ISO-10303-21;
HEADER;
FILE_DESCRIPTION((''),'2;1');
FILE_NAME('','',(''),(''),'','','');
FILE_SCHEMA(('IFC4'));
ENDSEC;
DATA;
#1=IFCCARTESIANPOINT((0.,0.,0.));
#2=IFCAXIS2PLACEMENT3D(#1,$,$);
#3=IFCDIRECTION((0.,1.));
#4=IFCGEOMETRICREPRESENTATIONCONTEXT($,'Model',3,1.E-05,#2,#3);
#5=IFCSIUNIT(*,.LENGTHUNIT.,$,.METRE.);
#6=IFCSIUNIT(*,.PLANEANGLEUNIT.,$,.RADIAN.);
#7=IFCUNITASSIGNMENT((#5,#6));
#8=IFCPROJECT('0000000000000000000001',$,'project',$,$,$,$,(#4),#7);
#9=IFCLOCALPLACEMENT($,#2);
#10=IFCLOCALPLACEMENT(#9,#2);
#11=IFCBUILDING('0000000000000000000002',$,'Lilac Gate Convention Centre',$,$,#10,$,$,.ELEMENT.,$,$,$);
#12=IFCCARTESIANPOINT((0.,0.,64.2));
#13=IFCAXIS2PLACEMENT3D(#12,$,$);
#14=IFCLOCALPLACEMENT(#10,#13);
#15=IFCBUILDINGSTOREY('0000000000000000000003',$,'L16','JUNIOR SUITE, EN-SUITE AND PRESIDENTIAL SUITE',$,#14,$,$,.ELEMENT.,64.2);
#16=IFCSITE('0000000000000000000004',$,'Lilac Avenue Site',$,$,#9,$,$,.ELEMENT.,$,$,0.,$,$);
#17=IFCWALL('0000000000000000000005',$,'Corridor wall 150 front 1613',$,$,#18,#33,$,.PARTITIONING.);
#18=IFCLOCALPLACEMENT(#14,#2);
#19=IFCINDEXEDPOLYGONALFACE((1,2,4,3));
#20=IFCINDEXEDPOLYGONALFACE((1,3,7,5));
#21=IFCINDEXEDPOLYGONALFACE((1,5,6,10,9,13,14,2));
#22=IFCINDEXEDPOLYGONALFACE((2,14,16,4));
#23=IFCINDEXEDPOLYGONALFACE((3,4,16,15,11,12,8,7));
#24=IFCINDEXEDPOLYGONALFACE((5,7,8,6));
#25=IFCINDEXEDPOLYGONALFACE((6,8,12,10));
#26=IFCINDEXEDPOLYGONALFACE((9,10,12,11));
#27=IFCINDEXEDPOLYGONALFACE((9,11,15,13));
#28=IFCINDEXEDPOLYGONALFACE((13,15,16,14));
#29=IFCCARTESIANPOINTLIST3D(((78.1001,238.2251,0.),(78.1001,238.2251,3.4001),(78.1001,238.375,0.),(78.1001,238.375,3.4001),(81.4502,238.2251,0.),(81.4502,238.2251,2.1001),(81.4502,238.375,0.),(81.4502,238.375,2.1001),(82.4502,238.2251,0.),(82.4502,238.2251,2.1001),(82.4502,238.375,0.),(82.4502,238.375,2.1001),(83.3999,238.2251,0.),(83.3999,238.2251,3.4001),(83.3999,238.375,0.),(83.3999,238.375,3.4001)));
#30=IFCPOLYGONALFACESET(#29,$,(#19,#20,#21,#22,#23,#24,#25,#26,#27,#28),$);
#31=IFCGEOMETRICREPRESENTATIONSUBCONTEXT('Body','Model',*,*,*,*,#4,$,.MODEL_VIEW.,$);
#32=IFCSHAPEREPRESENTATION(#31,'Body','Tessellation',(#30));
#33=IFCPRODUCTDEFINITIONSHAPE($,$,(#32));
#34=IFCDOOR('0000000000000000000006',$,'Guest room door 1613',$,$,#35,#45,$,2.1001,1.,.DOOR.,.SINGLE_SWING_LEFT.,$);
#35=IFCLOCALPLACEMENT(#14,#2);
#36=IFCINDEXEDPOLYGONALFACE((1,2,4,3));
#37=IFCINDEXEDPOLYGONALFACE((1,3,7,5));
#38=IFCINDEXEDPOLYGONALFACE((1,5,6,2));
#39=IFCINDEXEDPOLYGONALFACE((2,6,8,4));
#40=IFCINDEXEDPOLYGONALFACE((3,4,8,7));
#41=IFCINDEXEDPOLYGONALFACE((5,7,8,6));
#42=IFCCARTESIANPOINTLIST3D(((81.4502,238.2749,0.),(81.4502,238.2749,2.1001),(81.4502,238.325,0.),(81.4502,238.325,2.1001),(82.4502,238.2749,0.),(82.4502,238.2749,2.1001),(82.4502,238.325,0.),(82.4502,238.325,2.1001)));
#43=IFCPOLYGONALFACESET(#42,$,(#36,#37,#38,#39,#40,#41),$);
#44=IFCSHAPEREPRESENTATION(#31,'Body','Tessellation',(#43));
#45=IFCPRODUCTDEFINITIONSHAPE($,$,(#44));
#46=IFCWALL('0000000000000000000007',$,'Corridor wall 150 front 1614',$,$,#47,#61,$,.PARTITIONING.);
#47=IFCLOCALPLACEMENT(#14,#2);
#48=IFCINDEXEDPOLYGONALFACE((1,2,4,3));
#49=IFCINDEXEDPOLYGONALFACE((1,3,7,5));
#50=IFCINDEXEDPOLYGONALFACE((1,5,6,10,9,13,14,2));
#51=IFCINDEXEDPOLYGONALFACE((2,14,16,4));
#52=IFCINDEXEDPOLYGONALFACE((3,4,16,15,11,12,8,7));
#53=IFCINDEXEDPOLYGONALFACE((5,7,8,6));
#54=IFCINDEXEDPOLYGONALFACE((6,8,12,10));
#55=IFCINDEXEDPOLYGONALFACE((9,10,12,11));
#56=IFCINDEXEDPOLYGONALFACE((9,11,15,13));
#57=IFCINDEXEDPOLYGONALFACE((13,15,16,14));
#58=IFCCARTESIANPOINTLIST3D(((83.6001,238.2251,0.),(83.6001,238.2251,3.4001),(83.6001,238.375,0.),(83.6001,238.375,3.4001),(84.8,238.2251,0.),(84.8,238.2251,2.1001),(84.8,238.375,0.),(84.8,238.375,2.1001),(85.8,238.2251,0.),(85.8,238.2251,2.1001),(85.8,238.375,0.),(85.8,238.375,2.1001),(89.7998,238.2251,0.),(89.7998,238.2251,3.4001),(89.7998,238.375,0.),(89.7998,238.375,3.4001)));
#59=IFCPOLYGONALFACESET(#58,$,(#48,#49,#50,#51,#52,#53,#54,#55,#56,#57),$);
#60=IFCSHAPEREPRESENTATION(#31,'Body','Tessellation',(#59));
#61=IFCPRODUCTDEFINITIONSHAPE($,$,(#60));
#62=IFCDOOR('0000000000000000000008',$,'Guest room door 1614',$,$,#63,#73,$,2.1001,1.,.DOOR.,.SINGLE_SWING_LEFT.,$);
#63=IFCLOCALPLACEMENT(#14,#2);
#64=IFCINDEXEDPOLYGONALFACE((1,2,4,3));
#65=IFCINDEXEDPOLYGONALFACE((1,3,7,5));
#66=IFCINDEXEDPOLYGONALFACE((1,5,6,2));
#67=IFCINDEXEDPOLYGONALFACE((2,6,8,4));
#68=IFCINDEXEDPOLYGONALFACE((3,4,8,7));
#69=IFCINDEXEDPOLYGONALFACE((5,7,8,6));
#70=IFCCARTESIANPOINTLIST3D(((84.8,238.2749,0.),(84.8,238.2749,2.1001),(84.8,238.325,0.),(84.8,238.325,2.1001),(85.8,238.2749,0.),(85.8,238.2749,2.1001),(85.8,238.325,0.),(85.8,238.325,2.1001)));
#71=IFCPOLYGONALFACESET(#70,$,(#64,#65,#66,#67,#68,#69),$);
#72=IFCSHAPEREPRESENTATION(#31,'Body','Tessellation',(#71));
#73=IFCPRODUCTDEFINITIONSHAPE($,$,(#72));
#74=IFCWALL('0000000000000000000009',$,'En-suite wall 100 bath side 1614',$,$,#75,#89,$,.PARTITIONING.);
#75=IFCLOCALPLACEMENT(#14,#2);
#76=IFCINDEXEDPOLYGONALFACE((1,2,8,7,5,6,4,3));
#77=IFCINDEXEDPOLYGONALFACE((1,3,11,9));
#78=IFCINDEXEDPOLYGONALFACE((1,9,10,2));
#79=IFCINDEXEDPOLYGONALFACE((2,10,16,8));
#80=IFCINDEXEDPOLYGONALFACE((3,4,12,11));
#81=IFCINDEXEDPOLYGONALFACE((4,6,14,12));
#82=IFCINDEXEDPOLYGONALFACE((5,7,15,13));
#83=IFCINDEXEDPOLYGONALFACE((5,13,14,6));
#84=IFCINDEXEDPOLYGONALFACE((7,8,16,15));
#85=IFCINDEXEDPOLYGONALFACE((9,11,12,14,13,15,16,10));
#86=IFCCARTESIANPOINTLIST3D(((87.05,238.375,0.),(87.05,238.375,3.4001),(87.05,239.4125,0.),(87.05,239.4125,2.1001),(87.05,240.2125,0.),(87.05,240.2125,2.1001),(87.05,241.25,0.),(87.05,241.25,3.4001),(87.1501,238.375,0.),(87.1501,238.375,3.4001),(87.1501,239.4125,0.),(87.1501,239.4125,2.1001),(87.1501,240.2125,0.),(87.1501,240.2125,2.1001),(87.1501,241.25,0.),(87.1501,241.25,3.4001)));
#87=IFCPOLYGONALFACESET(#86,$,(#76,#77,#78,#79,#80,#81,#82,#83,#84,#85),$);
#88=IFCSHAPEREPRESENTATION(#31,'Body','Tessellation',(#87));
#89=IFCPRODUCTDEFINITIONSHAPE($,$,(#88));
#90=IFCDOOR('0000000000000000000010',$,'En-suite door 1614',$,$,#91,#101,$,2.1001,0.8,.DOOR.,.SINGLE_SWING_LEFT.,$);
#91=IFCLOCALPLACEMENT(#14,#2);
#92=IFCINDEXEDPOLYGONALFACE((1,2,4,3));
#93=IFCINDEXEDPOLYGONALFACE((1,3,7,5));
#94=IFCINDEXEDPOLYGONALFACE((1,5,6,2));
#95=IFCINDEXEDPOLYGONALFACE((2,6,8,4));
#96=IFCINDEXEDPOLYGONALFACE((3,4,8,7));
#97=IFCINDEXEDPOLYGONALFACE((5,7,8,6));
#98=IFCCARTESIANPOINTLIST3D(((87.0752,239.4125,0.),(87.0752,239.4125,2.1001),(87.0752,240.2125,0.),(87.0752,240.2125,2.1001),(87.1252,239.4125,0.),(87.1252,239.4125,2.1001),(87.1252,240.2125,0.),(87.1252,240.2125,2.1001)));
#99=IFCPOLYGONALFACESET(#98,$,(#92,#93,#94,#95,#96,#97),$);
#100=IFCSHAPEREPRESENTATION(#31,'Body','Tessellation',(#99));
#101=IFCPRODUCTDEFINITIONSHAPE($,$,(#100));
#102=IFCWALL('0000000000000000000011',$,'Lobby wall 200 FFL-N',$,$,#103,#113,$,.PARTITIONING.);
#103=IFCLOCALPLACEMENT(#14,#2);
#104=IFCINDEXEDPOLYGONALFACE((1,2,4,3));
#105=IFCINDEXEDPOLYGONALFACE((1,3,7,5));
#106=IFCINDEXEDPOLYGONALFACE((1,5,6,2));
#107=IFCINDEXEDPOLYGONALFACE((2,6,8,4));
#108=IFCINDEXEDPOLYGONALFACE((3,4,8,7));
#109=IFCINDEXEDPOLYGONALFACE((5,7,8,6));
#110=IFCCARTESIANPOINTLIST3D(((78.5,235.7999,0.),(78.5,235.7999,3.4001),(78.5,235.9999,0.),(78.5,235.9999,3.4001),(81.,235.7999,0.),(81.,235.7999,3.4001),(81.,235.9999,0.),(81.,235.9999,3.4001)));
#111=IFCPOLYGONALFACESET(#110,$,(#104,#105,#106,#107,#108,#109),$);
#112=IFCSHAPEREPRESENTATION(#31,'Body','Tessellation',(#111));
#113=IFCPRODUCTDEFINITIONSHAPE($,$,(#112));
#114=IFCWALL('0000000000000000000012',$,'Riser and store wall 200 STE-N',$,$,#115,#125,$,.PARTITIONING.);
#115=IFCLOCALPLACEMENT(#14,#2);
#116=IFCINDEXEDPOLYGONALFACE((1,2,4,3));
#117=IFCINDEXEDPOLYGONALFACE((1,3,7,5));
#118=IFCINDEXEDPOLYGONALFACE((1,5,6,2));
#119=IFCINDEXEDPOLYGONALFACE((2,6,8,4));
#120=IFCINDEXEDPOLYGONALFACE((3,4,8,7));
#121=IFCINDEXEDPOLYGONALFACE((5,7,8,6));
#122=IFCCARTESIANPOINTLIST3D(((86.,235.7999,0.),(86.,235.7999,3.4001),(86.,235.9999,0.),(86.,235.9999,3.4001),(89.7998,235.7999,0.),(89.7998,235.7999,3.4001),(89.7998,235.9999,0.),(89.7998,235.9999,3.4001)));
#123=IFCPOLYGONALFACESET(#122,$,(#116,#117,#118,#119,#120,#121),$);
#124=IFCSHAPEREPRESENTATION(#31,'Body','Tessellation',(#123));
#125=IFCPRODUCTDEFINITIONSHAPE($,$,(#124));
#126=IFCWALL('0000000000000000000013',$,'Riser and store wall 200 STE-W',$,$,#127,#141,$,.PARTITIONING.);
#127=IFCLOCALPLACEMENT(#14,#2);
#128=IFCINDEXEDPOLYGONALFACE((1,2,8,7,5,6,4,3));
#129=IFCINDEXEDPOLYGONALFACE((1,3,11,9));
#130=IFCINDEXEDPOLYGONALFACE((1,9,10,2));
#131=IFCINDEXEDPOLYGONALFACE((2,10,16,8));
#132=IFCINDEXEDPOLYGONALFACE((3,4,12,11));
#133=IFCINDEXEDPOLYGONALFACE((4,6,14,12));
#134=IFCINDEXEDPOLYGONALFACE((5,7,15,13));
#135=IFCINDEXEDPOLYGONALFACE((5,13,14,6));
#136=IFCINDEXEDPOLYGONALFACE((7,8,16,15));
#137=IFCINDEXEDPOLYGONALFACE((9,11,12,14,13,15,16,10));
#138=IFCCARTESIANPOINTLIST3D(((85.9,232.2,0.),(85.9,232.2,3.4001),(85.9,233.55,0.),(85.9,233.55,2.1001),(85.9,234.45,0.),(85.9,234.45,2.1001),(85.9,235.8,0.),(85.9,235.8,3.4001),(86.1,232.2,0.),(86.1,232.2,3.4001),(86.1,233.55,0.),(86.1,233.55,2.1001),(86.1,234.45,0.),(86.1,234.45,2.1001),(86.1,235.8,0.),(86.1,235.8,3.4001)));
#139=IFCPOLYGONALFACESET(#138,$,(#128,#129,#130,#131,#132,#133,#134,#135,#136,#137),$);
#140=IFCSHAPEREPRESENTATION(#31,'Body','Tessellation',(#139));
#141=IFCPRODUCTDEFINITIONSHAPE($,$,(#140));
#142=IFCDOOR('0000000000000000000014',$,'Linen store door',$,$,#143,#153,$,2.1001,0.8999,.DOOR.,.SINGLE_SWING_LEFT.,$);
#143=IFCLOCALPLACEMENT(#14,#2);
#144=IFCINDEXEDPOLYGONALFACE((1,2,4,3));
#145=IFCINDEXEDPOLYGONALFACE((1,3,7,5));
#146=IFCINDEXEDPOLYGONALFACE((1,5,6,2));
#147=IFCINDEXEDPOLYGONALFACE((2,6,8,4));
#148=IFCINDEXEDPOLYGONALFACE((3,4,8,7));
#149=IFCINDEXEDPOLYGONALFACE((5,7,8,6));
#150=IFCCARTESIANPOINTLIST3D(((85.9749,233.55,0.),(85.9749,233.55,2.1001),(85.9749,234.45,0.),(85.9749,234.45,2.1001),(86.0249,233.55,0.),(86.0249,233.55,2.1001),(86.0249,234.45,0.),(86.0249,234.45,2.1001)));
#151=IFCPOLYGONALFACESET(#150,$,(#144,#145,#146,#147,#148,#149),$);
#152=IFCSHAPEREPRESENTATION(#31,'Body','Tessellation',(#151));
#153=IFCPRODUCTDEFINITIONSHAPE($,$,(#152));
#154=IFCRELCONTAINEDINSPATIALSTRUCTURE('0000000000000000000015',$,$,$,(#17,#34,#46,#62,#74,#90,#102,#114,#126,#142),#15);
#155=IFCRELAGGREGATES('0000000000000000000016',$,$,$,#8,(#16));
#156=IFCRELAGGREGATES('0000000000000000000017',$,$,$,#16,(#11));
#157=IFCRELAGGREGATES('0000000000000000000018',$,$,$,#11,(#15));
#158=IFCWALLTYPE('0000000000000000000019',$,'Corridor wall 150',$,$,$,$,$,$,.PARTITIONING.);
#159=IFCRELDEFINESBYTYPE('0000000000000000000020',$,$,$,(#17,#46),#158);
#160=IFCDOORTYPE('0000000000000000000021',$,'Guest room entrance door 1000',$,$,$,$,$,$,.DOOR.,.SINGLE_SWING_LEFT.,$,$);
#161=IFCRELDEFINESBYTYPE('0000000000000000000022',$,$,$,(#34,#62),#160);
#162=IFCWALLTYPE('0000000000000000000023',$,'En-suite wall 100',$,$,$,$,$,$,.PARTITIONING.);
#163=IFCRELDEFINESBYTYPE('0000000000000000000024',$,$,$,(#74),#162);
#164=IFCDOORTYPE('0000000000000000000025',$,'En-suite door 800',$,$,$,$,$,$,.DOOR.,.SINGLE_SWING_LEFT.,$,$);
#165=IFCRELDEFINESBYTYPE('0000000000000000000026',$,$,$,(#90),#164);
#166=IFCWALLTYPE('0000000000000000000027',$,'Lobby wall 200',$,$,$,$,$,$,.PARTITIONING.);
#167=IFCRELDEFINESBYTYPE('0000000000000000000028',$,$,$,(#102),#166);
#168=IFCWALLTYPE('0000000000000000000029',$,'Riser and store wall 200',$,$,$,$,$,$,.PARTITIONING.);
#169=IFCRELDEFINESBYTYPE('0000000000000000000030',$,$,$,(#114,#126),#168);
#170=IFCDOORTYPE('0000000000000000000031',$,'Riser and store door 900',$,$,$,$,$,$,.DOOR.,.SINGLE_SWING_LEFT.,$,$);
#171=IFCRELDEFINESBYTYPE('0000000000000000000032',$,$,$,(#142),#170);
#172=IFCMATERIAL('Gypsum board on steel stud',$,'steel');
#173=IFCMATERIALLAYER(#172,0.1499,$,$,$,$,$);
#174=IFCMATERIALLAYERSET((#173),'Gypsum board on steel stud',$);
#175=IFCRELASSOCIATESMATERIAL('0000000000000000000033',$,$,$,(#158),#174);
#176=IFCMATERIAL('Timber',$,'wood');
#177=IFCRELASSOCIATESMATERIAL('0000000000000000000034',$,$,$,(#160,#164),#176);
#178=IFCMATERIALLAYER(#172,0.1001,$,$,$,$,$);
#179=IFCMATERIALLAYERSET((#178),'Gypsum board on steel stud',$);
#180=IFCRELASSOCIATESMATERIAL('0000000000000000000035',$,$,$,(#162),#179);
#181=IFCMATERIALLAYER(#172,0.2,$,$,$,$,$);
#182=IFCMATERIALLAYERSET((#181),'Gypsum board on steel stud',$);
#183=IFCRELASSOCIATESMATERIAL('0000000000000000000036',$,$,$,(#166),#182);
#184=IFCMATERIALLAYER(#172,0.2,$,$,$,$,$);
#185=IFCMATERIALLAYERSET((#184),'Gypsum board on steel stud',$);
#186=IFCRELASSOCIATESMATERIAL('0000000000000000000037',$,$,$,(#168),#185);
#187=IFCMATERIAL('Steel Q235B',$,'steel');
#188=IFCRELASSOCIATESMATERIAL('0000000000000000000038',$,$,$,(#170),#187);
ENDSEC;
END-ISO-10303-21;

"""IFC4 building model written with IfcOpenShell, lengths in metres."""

from ifc_helpers import new_model, si_unit, direction, frame, frame_2d, origin, place, context, subcontext, project, spatial, rectangle, extrude, material, layer, layer_set, type_object, element, fill, save


model = new_model("IFC4")

# Units and contexts
model_context = context("Model", 3, precision=1e-05, world=origin(), true_north=direction((0.0, 1.0)))
body_context = subcontext(model_context, "Body", "Model", "MODEL_VIEW")
ifc_project = project(units=[si_unit("LENGTHUNIT", "METRE"), si_unit("PLANEANGLEUNIT", "RADIAN")], contexts=[model_context])

# Site, building, storey
site_placement = place(None, origin())
site = spatial("IfcSite", under=ifc_project, at=site_placement, Name="Lilac Avenue Site", CompositionType="ELEMENT", RefElevation=0.0)
building_placement = place(site_placement, origin())
building = spatial("IfcBuilding", under=site, at=building_placement, Name="Lilac Gate Convention Centre", CompositionType="ELEMENT")
storey_placement = place(building_placement, frame((0.0, 0.0, 64.2)))
storey = spatial("IfcBuildingStorey", under=building, at=storey_placement, Name="L16", Description="JUNIOR SUITE, EN-SUITE AND PRESIDENTIAL SUITE", CompositionType="ELEMENT", Elevation=64.2)

# Walls, openings, doors
ifc_material_1 = material(Name="Gypsum board on steel stud", Category="steel")
ifc_layer_1 = layer(ifc_material_1, 0.1499)
ifc_layer_set_1 = layer_set([ifc_layer_1], Name="Gypsum board on steel stud")
wall_type_1 = type_object("IfcWallType", Name="Corridor wall 150", PredefinedType="PARTITIONING", material=ifc_layer_set_1)
wall_1_placement = place(storey_placement, frame((78.1001, 238.3, 0.0), z_axis=(0.0, 0.0, 1.0), x_axis=(1.0, 0.0, 0.0)))
wall_1 = element("IfcWall", 1, at=wall_1_placement, inside=storey, type_object=wall_type_1, Name="Corridor wall 150 front 1613", PredefinedType="PARTITIONING", context=body_context, shape_type="SweptSolid", body=[
    extrude(rectangle(XDim=5.2998, YDim=0.1499, at=frame_2d((2.6499, 0.0))), origin(), (0.0, 0.0, 1.0), 3.4001),
])
opening_1_placement = place(wall_1_placement, frame((3.3501, 0.0, 0.0)))
opening_1 = element("IfcOpeningElement", 2, at=opening_1_placement, cuts=wall_1, PredefinedType="OPENING", context=body_context, shape_type="SweptSolid", body=[
    extrude(rectangle(XDim=1.0, YDim=2.1001, at=frame_2d((0.5, 1.05))), frame((0.0, 0.085, 0.0), z_axis=(0.0, -1.0, 0.0), x_axis=(1.0, 0.0, 0.0)), (0.0, 0.0, 1.0), 0.1699),
])
ifc_material_2 = material(Name="Timber", Category="wood")
door_type_1 = type_object("IfcDoorType", Name="Guest room entrance door 1000", OperationType="SINGLE_SWING_LEFT", PredefinedType="DOOR", material=ifc_material_2)
door_1_placement = place(opening_1_placement, origin())
door_1 = element("IfcDoor", 3, at=door_1_placement, inside=storey, type_object=door_type_1, Name="Guest room door 1613", OperationType="SINGLE_SWING_LEFT", OverallHeight=2.1001, OverallWidth=1.0, PredefinedType="DOOR", context=body_context, shape_type="SweptSolid", body=[
    extrude(rectangle(XDim=1.0, YDim=2.1001, at=frame_2d((0.5, 1.05))), frame((0.0, 0.0249, 0.0), z_axis=(0.0, -1.0, 0.0), x_axis=(1.0, 0.0, 0.0)), (0.0, 0.0, 1.0), 0.05),
])
fill(opening_1, door_1)
wall_2_placement = place(storey_placement, frame((83.6001, 238.3, 0.0), z_axis=(0.0, 0.0, 1.0), x_axis=(1.0, 0.0, 0.0)))
wall_2 = element("IfcWall", 4, at=wall_2_placement, inside=storey, type_object=wall_type_1, Name="Corridor wall 150 front 1614", PredefinedType="PARTITIONING", context=body_context, shape_type="SweptSolid", body=[
    extrude(rectangle(XDim=6.1997, YDim=0.1499, at=frame_2d((3.0999, 0.0))), origin(), (0.0, 0.0, 1.0), 3.4001),
])
opening_2_placement = place(wall_2_placement, frame((1.2, 0.0, 0.0)))
opening_2 = element("IfcOpeningElement", 5, at=opening_2_placement, cuts=wall_2, PredefinedType="OPENING", context=body_context, shape_type="SweptSolid", body=[
    extrude(rectangle(XDim=1.0, YDim=2.1001, at=frame_2d((0.5, 1.05))), frame((0.0, 0.085, 0.0), z_axis=(0.0, -1.0, 0.0), x_axis=(1.0, 0.0, 0.0)), (0.0, 0.0, 1.0), 0.1699),
])
door_2_placement = place(opening_2_placement, origin())
door_2 = element("IfcDoor", 6, at=door_2_placement, inside=storey, type_object=door_type_1, Name="Guest room door 1614", OperationType="SINGLE_SWING_LEFT", OverallHeight=2.1001, OverallWidth=1.0, PredefinedType="DOOR", context=body_context, shape_type="SweptSolid", body=[
    extrude(rectangle(XDim=1.0, YDim=2.1001, at=frame_2d((0.5, 1.05))), frame((0.0, 0.0249, 0.0), z_axis=(0.0, -1.0, 0.0), x_axis=(1.0, 0.0, 0.0)), (0.0, 0.0, 1.0), 0.05),
])
fill(opening_2, door_2)
ifc_layer_2 = layer(ifc_material_1, 0.1001)
ifc_layer_set_2 = layer_set([ifc_layer_2], Name="Gypsum board on steel stud")
wall_type_2 = type_object("IfcWallType", Name="En-suite wall 100", PredefinedType="PARTITIONING", material=ifc_layer_set_2)
wall_3_placement = place(storey_placement, frame((87.1001, 238.375, 0.0), z_axis=(0.0, 0.0, 1.0), x_axis=(0.0, 1.0, 0.0)))
wall_3 = element("IfcWall", 7, at=wall_3_placement, inside=storey, type_object=wall_type_2, Name="En-suite wall 100 bath side 1614", PredefinedType="PARTITIONING", context=body_context, shape_type="SweptSolid", body=[
    extrude(rectangle(XDim=2.875, YDim=0.1001, at=frame_2d((1.4375, 0.0))), origin(), (0.0, 0.0, 1.0), 3.4001),
])
opening_3_placement = place(wall_3_placement, frame((1.0376, 0.0, 0.0)))
opening_3 = element("IfcOpeningElement", 8, at=opening_3_placement, cuts=wall_3, PredefinedType="OPENING", context=body_context, shape_type="SweptSolid", body=[
    extrude(rectangle(XDim=0.8, YDim=2.1001, at=frame_2d((0.3999, 1.05))), frame((0.0, 0.0601, 0.0), z_axis=(0.0, -1.0, 0.0), x_axis=(1.0, 0.0, 0.0)), (0.0, 0.0, 1.0), 0.1201),
])
door_type_2 = type_object("IfcDoorType", Name="En-suite door 800", OperationType="SINGLE_SWING_LEFT", PredefinedType="DOOR", material=ifc_material_2)
door_3_placement = place(opening_3_placement, origin())
door_3 = element("IfcDoor", 9, at=door_3_placement, inside=storey, type_object=door_type_2, Name="En-suite door 1614", OperationType="SINGLE_SWING_LEFT", OverallHeight=2.1001, OverallWidth=0.8, PredefinedType="DOOR", context=body_context, shape_type="SweptSolid", body=[
    extrude(rectangle(XDim=0.8, YDim=2.1001, at=frame_2d((0.3999, 1.05))), frame((0.0, 0.0249, 0.0), z_axis=(0.0, -1.0, 0.0), x_axis=(1.0, 0.0, 0.0)), (0.0, 0.0, 1.0), 0.05),
])
fill(opening_3, door_3)

# Walls
ifc_layer_3 = layer(ifc_material_1, 0.2)
ifc_layer_set_3 = layer_set([ifc_layer_3], Name="Gypsum board on steel stud")
wall_type_3 = type_object("IfcWallType", Name="Lobby wall 200", PredefinedType="PARTITIONING", material=ifc_layer_set_3)
wall_4_placement = place(storey_placement, frame((78.5, 235.8999, 0.0), z_axis=(0.0, 0.0, 1.0), x_axis=(1.0, 0.0, 0.0)))
element("IfcWall", 10, at=wall_4_placement, inside=storey, type_object=wall_type_3, Name="Lobby wall 200 FFL-N", PredefinedType="PARTITIONING", context=body_context, shape_type="SweptSolid", body=[
    extrude(rectangle(XDim=2.5, YDim=0.2, at=frame_2d((1.25, 0.0))), origin(), (0.0, 0.0, 1.0), 3.4001),
])
ifc_layer_4 = layer(ifc_material_1, 0.2)
ifc_layer_set_4 = layer_set([ifc_layer_4], Name="Gypsum board on steel stud")
wall_type_4 = type_object("IfcWallType", Name="Riser and store wall 200", PredefinedType="PARTITIONING", material=ifc_layer_set_4)
wall_5_placement = place(storey_placement, frame((86.0, 235.8999, 0.0), z_axis=(0.0, 0.0, 1.0), x_axis=(1.0, 0.0, 0.0)))
element("IfcWall", 11, at=wall_5_placement, inside=storey, type_object=wall_type_4, Name="Riser and store wall 200 STE-N", PredefinedType="PARTITIONING", context=body_context, shape_type="SweptSolid", body=[
    extrude(rectangle(XDim=3.7998, YDim=0.2, at=frame_2d((1.8999, 0.0))), origin(), (0.0, 0.0, 1.0), 3.4001),
])

# Wall, opening, door
wall_6_placement = place(storey_placement, frame((86.0, 235.8, 0.0), z_axis=(0.0, 0.0, 1.0), x_axis=(0.0, -1.0, 0.0)))
wall_6 = element("IfcWall", 12, at=wall_6_placement, inside=storey, type_object=wall_type_4, Name="Riser and store wall 200 STE-W", PredefinedType="PARTITIONING", context=body_context, shape_type="SweptSolid", body=[
    extrude(rectangle(XDim=3.6001, YDim=0.2, at=frame_2d((1.8, 0.0))), origin(), (0.0, 0.0, 1.0), 3.4001),
])
opening_4_placement = place(wall_6_placement, frame((1.3501, 0.0, 0.0)))
opening_4 = element("IfcOpeningElement", 13, at=opening_4_placement, cuts=wall_6, PredefinedType="OPENING", context=body_context, shape_type="SweptSolid", body=[
    extrude(rectangle(XDim=0.8999, YDim=2.1001, at=frame_2d((0.45, 1.05))), frame((0.0, 0.1099, 0.0), z_axis=(0.0, -1.0, 0.0), x_axis=(1.0, 0.0, 0.0)), (0.0, 0.0, 1.0), 0.22),
])
ifc_material_3 = material(Name="Steel Q235B", Category="steel")
door_type_3 = type_object("IfcDoorType", Name="Riser and store door 900", OperationType="SINGLE_SWING_LEFT", PredefinedType="DOOR", material=ifc_material_3)
door_4_placement = place(opening_4_placement, origin())
door_4 = element("IfcDoor", 14, at=door_4_placement, inside=storey, type_object=door_type_3, Name="Linen store door", OperationType="SINGLE_SWING_LEFT", OverallHeight=2.1001, OverallWidth=0.8999, PredefinedType="DOOR", context=body_context, shape_type="SweptSolid", body=[
    extrude(rectangle(XDim=0.8999, YDim=2.1001, at=frame_2d((0.45, 1.05))), frame((0.0, 0.0249, 0.0), z_axis=(0.0, -1.0, 0.0), x_axis=(1.0, 0.0, 0.0)), (0.0, 0.0, 1.0), 0.05),
])
fill(opening_4, door_4)

save(model, "model.ifc")
